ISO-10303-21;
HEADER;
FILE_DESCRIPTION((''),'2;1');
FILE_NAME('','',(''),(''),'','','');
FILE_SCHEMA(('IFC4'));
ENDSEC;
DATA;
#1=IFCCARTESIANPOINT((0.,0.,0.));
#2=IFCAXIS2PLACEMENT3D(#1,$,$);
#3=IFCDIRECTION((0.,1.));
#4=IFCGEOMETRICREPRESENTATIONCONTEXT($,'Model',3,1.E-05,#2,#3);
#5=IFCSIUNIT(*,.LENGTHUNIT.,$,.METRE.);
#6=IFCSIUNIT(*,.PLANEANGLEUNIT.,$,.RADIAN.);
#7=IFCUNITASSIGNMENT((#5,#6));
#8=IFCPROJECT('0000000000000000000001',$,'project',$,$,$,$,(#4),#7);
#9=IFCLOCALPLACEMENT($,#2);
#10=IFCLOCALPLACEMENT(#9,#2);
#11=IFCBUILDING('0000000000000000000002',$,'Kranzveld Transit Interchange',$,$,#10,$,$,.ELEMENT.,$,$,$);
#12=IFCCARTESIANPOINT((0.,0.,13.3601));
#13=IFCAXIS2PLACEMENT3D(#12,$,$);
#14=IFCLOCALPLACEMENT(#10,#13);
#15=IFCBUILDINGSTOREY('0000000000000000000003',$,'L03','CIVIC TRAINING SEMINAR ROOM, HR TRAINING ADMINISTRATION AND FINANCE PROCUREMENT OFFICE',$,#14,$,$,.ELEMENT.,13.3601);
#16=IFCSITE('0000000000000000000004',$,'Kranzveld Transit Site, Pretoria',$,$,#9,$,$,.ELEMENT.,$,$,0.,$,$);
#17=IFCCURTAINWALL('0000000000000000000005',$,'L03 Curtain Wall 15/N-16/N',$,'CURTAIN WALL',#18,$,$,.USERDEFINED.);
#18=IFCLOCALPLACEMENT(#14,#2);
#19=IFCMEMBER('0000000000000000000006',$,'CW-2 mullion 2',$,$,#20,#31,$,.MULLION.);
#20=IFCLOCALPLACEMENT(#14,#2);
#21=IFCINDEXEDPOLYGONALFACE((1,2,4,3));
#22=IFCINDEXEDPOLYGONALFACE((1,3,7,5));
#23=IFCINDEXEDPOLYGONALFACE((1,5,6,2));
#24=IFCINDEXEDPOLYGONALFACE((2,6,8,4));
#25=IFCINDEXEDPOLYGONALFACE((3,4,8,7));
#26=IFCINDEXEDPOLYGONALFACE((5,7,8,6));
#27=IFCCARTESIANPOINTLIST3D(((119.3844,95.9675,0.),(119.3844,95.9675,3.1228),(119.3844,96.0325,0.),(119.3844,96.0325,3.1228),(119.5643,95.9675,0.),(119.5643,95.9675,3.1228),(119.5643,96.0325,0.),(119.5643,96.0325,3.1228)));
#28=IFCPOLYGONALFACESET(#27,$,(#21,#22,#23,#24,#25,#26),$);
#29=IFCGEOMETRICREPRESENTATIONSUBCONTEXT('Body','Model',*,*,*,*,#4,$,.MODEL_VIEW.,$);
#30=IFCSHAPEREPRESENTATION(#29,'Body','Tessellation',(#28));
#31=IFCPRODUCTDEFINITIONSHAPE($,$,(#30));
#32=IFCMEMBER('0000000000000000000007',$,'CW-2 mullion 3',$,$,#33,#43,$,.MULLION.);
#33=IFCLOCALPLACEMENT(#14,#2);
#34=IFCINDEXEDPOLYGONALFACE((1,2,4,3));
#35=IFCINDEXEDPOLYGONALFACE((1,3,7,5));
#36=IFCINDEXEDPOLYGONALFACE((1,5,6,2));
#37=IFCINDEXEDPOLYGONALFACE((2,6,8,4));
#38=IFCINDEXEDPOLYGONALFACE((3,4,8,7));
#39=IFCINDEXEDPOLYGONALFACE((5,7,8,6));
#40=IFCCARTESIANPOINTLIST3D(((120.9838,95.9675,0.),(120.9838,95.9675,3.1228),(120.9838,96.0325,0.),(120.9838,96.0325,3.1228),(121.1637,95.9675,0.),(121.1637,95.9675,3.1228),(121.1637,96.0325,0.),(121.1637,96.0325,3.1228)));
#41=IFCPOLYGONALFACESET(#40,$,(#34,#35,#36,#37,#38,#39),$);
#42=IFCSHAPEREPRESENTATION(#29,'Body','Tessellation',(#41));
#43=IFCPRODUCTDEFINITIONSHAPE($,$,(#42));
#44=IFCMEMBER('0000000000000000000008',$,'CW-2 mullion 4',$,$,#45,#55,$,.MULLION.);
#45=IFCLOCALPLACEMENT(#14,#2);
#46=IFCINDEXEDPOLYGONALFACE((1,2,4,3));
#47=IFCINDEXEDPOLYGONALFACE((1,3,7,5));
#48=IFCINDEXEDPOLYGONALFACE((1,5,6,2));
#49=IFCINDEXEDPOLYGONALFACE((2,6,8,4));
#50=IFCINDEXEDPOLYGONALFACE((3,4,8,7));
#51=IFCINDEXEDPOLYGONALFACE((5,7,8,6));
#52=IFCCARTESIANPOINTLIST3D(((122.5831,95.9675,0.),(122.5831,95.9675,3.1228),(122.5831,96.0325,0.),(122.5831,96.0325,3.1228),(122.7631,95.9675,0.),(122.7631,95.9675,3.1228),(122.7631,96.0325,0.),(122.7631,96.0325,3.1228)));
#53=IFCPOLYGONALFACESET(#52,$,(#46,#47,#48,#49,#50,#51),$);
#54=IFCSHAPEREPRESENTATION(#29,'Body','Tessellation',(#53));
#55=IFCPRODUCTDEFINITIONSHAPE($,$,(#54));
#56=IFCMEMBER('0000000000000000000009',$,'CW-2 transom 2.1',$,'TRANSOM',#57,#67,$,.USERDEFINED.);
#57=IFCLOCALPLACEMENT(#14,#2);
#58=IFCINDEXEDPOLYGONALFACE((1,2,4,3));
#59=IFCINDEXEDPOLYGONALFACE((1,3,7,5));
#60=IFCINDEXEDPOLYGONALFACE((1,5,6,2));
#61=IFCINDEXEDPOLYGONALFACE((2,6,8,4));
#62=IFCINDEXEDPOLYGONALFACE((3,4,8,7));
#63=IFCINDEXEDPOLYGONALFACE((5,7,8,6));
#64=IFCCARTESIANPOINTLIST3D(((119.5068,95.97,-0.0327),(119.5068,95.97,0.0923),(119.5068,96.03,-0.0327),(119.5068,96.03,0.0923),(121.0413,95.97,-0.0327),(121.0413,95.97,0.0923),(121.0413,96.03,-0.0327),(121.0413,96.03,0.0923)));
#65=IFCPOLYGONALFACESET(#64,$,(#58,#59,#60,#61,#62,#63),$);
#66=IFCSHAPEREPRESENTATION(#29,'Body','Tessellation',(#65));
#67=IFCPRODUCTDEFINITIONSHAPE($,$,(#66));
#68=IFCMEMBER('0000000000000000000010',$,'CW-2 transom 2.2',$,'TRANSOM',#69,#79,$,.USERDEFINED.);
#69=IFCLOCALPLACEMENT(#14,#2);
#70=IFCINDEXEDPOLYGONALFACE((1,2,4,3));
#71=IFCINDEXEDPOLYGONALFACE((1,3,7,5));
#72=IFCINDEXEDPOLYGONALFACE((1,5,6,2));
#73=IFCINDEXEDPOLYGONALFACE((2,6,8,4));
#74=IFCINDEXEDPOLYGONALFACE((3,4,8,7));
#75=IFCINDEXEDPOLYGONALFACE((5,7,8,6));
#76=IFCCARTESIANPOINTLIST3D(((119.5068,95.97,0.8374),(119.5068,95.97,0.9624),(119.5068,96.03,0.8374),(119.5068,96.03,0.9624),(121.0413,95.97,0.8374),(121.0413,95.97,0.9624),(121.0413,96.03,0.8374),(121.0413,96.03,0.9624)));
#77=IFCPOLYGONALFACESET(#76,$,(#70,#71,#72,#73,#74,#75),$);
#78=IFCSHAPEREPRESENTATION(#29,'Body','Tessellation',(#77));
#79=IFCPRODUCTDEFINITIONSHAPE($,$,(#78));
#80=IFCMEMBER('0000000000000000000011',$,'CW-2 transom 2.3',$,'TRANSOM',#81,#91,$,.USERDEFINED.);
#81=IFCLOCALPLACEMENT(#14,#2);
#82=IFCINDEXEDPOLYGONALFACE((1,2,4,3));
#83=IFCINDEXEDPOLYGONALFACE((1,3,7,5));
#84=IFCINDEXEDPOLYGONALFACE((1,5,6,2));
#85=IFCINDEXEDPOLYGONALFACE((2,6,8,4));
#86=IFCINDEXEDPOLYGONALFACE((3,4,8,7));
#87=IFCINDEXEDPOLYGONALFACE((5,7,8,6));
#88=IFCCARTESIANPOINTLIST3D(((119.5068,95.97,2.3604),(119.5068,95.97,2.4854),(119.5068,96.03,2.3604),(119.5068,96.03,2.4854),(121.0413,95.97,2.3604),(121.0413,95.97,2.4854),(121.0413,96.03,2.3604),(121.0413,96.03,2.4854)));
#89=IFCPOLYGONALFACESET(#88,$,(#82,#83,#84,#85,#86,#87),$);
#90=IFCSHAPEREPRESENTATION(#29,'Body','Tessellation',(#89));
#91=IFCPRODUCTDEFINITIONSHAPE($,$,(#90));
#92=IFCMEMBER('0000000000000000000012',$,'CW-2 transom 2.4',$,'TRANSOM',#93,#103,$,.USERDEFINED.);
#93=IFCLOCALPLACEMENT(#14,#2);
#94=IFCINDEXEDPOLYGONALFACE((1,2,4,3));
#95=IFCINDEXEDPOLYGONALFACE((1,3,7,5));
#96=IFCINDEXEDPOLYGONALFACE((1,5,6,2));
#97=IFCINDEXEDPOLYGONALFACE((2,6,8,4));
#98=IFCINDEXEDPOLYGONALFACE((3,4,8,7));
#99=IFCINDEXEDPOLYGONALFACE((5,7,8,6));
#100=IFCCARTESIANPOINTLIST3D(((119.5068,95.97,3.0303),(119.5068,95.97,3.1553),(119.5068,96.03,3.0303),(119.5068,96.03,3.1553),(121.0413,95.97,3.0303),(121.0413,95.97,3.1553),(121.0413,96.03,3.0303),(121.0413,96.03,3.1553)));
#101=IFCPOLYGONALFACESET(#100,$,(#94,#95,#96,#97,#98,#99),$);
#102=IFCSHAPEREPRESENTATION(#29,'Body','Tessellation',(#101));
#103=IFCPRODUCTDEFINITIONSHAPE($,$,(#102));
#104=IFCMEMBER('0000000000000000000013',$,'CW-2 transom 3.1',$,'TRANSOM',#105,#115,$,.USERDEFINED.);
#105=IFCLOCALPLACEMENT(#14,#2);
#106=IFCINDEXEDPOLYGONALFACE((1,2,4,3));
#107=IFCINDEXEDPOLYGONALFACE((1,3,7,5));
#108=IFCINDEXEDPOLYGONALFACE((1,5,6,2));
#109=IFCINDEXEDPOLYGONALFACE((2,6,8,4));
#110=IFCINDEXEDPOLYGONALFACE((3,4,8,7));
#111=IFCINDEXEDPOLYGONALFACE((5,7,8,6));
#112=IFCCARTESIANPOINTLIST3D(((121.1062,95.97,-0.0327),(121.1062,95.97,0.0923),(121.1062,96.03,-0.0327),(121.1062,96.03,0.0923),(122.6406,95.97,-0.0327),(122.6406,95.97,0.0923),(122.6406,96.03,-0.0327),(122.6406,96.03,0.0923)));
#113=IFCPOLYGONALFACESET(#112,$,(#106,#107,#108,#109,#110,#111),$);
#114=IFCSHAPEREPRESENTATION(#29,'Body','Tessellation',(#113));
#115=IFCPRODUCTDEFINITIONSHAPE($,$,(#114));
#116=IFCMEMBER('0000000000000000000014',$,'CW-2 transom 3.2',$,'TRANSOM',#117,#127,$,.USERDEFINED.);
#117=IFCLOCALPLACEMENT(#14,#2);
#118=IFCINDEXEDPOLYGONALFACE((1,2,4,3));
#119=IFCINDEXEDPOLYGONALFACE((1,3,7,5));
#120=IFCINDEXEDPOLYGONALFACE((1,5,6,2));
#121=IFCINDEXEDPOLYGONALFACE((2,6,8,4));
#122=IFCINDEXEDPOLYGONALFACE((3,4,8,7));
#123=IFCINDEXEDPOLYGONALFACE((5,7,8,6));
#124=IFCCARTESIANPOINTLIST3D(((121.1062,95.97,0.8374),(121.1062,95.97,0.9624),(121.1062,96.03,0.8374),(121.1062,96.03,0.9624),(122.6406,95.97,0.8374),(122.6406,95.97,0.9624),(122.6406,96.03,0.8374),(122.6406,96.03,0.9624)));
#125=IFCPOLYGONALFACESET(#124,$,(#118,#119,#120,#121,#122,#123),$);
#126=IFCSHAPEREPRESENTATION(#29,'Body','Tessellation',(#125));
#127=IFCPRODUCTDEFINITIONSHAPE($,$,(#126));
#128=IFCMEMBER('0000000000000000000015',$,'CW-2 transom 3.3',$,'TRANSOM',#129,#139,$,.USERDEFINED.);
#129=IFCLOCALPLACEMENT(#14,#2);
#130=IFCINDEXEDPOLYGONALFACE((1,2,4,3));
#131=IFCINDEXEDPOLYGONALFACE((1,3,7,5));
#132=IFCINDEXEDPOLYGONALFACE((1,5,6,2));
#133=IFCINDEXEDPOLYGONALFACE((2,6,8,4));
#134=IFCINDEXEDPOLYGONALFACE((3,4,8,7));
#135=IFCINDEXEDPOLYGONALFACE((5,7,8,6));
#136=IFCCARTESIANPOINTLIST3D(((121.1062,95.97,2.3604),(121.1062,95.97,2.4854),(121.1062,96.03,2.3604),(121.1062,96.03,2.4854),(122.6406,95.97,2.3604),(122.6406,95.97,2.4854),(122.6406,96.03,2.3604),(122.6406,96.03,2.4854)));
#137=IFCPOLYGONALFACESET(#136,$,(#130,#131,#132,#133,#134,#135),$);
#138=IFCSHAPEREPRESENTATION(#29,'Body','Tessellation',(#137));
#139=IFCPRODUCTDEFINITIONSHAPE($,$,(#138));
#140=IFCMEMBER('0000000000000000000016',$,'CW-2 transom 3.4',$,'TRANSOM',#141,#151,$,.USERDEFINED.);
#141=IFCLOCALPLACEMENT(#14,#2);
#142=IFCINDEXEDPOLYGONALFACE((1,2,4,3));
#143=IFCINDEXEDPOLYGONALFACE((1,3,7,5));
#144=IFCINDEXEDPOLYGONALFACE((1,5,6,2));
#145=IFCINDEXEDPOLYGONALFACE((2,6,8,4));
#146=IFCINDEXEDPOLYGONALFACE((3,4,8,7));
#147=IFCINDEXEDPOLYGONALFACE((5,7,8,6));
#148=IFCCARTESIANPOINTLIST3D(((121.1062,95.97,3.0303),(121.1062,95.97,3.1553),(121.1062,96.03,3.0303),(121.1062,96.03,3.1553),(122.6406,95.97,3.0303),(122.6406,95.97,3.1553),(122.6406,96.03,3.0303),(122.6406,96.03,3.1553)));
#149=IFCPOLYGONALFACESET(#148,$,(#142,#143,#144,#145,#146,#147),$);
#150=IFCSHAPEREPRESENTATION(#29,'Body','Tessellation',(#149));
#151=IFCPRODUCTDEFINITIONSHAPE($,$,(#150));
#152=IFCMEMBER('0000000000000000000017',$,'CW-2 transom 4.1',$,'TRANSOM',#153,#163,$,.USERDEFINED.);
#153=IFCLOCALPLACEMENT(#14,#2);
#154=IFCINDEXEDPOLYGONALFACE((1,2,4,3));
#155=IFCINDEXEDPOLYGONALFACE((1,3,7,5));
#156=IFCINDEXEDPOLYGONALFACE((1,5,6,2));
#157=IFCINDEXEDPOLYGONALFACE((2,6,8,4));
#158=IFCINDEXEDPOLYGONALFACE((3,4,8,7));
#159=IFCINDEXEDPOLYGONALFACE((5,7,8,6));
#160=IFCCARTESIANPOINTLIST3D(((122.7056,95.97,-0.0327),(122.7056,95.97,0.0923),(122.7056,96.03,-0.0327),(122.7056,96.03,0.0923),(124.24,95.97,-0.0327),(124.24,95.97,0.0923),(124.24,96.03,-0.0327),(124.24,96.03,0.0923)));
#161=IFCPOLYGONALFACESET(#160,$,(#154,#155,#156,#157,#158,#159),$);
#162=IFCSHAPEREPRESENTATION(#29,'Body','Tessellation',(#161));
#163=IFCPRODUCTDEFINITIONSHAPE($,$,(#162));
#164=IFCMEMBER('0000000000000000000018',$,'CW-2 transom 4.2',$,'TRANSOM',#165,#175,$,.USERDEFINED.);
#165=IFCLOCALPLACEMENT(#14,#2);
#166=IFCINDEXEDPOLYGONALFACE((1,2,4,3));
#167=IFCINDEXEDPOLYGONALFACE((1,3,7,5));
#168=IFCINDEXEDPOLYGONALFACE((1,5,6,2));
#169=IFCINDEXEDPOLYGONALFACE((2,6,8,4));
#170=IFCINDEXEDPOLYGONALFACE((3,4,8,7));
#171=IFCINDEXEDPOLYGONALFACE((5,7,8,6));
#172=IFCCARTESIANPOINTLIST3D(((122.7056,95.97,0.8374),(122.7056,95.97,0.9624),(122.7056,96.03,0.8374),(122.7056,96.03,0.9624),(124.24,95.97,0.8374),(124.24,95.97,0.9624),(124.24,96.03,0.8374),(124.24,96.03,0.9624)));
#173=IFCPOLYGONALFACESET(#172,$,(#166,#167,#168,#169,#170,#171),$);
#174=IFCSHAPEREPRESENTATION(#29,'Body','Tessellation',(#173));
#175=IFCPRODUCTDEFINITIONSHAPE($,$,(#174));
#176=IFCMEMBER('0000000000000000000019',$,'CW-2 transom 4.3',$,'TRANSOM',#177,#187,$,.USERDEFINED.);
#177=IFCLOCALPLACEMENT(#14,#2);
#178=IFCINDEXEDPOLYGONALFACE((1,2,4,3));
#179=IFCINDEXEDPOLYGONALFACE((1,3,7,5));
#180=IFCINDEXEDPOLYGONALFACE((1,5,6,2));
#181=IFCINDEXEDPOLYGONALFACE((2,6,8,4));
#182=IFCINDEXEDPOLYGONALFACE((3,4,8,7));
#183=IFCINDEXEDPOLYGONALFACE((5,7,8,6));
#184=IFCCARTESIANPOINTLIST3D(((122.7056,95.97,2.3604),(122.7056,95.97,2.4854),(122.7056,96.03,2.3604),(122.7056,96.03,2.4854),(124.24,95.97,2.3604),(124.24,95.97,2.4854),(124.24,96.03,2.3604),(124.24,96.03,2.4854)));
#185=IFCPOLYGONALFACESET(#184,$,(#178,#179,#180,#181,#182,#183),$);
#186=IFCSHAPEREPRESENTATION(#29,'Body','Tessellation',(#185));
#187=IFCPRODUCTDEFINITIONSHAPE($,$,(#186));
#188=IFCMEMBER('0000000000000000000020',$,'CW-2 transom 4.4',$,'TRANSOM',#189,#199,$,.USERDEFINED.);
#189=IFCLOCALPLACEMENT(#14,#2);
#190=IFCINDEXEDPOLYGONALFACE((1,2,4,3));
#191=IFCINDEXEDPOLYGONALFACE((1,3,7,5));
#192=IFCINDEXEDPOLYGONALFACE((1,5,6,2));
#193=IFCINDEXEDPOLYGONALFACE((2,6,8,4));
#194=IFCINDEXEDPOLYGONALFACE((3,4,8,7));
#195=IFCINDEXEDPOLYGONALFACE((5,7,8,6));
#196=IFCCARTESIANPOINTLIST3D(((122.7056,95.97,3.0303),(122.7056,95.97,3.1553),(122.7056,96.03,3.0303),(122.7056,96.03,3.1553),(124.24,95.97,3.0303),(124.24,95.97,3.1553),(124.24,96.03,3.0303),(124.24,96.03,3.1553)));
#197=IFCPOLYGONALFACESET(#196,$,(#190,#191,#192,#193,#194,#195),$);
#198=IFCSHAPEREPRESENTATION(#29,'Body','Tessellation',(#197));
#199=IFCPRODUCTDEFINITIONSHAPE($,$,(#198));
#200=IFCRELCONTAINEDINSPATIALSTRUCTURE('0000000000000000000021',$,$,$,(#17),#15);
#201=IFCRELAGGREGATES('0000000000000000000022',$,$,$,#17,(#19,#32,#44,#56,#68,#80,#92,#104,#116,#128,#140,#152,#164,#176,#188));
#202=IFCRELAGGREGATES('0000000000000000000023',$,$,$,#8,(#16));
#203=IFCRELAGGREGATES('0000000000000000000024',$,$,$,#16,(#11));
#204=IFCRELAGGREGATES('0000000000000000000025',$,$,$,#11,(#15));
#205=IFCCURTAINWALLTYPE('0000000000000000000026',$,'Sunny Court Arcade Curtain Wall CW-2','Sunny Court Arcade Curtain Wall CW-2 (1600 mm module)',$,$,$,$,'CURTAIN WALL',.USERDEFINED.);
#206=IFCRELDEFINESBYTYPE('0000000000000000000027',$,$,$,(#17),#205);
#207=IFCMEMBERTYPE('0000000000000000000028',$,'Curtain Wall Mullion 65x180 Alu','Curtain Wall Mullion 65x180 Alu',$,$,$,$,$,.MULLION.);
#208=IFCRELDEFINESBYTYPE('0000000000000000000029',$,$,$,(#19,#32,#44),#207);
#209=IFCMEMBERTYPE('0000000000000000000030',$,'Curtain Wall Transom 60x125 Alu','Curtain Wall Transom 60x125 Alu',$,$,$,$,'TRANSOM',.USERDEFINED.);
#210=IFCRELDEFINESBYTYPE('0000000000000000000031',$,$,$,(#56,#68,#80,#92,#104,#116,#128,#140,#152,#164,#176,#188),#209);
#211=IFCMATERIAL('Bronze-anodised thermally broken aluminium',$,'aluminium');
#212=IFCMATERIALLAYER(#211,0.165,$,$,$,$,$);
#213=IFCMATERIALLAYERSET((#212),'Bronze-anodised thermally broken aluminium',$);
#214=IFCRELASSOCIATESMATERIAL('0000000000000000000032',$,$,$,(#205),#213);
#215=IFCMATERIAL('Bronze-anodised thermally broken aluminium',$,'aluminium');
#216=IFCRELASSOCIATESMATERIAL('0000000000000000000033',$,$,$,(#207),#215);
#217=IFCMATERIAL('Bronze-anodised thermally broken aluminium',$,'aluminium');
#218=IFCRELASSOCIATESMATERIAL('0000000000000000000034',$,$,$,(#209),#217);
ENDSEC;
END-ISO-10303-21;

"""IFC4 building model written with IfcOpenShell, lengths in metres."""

from ifc_helpers import new_model, si_unit, direction, frame, origin, origin_2d, place, context, subcontext, project, spatial, rectangle, extrude, material, layer, layer_set, material_profile, profile_set, type_object, element, aggregate, save


model = new_model("IFC4")

# Units and contexts
model_context = context("Model", 3, precision=1e-05, world=origin(), true_north=direction((0.0, 1.0)))
body_context = subcontext(model_context, "Body", "Model", "MODEL_VIEW")
ifc_project = project(units=[si_unit("LENGTHUNIT", "METRE"), si_unit("PLANEANGLEUNIT", "RADIAN")], contexts=[model_context])

# Site, building, storey
site_placement = place(None, origin())
site = spatial("IfcSite", under=ifc_project, at=site_placement, Name="Kranzveld Transit Site, Pretoria", CompositionType="ELEMENT", RefElevation=0.0)
building_placement = place(site_placement, origin())
building = spatial("IfcBuilding", under=site, at=building_placement, Name="Kranzveld Transit Interchange", CompositionType="ELEMENT")
storey_placement = place(building_placement, frame((0.0, 0.0, 13.3601)))
storey = spatial("IfcBuildingStorey", under=building, at=storey_placement, Name="L03", Description="CIVIC TRAINING SEMINAR ROOM, HR TRAINING ADMINISTRATION AND FINANCE PROCUREMENT OFFICE", CompositionType="ELEMENT", Elevation=13.3601)

# Curtain wall, members
ifc_material_1 = material(Name="Bronze-anodised thermally broken aluminium", Category="aluminium")
ifc_layer_1 = layer(ifc_material_1, 0.165)
ifc_layer_set_1 = layer_set([ifc_layer_1], Name="Bronze-anodised thermally broken aluminium")
curtain_wall_type = type_object("IfcCurtainWallType", Name="Sunny Court Arcade Curtain Wall CW-2", Description="Sunny Court Arcade Curtain Wall CW-2 (1600 mm module)", ElementType="CURTAIN WALL", PredefinedType="USERDEFINED", material=ifc_layer_set_1)
curtain_wall_placement = place(storey_placement, origin())
curtain_wall = element("IfcCurtainWall", 1, at=curtain_wall_placement, inside=storey, type_object=curtain_wall_type, Name="L03 Curtain Wall 15/N-16/N", ObjectType="CURTAIN WALL", PredefinedType="USERDEFINED")
ifc_material_2 = material(Name="Bronze-anodised thermally broken aluminium", Category="aluminium")
ifc_material_profile_1 = material_profile(ifc_material_2, rectangle(XDim=0.0649, YDim=0.1799, at=origin_2d()), Name="ALU MULLION 65x180")
ifc_profile_set_1 = profile_set([ifc_material_profile_1], Name="Bronze-anodised thermally broken aluminium")
member_type_1 = type_object("IfcMemberType", Name="Curtain Wall Mullion 65x180 Alu", Description="Curtain Wall Mullion 65x180 Alu", PredefinedType="MULLION", material=ifc_profile_set_1)
member_1_placement = place(storey_placement, frame((119.4744, 96.0, 0.0), z_axis=(0.0, 0.0, 1.0), x_axis=(0.0, 1.0, 0.0)))
member_1 = element("IfcMember", 2, at=member_1_placement, type_object=member_type_1, Name="CW-2 mullion 2", PredefinedType="MULLION", context=body_context, shape_type="SweptSolid", body=[
    extrude(rectangle(XDim=0.0649, YDim=0.1799, at=origin_2d()), origin(), (0.0, 0.0, 1.0), 3.1228),
])
member_2_placement = place(storey_placement, frame((121.0737, 96.0, 0.0), z_axis=(0.0, 0.0, 1.0), x_axis=(0.0, 1.0, 0.0)))
member_2 = element("IfcMember", 3, at=member_2_placement, type_object=member_type_1, Name="CW-2 mullion 3", PredefinedType="MULLION", context=body_context, shape_type="SweptSolid", body=[
    extrude(rectangle(XDim=0.0649, YDim=0.1799, at=origin_2d()), origin(), (0.0, 0.0, 1.0), 3.1228),
])
member_3_placement = place(storey_placement, frame((122.6731, 96.0, 0.0), z_axis=(0.0, 0.0, 1.0), x_axis=(0.0, 1.0, 0.0)))
member_3 = element("IfcMember", 4, at=member_3_placement, type_object=member_type_1, Name="CW-2 mullion 4", PredefinedType="MULLION", context=body_context, shape_type="SweptSolid", body=[
    extrude(rectangle(XDim=0.0649, YDim=0.1799, at=origin_2d()), origin(), (0.0, 0.0, 1.0), 3.1228),
])
ifc_material_3 = material(Name="Bronze-anodised thermally broken aluminium", Category="aluminium")
ifc_material_profile_2 = material_profile(ifc_material_3, rectangle(XDim=0.0601, YDim=0.125, at=origin_2d()), Name="ALU TRANSOM 60x125")
ifc_profile_set_2 = profile_set([ifc_material_profile_2], Name="Bronze-anodised thermally broken aluminium")
member_type_2 = type_object("IfcMemberType", Name="Curtain Wall Transom 60x125 Alu", Description="Curtain Wall Transom 60x125 Alu", ElementType="TRANSOM", PredefinedType="USERDEFINED", material=ifc_profile_set_2)
member_4_placement = place(storey_placement, frame((119.5068, 96.0, 0.0298), z_axis=(1.0, 0.0, 0.0), x_axis=(0.0, 1.0, 0.0)))
member_4 = element("IfcMember", 5, at=member_4_placement, type_object=member_type_2, Name="CW-2 transom 2.1", ObjectType="TRANSOM", PredefinedType="USERDEFINED", context=body_context, shape_type="SweptSolid", body=[
    extrude(rectangle(XDim=0.0601, YDim=0.125, at=origin_2d()), origin(), (0.0, 0.0, 1.0), 1.5344),
])
member_5_placement = place(storey_placement, frame((119.5068, 96.0, 0.8999), z_axis=(1.0, 0.0, 0.0), x_axis=(0.0, 1.0, 0.0)))
member_5 = element("IfcMember", 6, at=member_5_placement, type_object=member_type_2, Name="CW-2 transom 2.2", ObjectType="TRANSOM", PredefinedType="USERDEFINED", context=body_context, shape_type="SweptSolid", body=[
    extrude(rectangle(XDim=0.0601, YDim=0.125, at=origin_2d()), origin(), (0.0, 0.0, 1.0), 1.5344),
])
member_6_placement = place(storey_placement, frame((119.5068, 96.0, 2.4229), z_axis=(1.0, 0.0, 0.0), x_axis=(0.0, 1.0, 0.0)))
member_6 = element("IfcMember", 7, at=member_6_placement, type_object=member_type_2, Name="CW-2 transom 2.3", ObjectType="TRANSOM", PredefinedType="USERDEFINED", context=body_context, shape_type="SweptSolid", body=[
    extrude(rectangle(XDim=0.0601, YDim=0.125, at=origin_2d()), origin(), (0.0, 0.0, 1.0), 1.5344),
])
member_7_placement = place(storey_placement, frame((119.5068, 96.0, 3.0928), z_axis=(1.0, 0.0, 0.0), x_axis=(0.0, 1.0, 0.0)))
member_7 = element("IfcMember", 8, at=member_7_placement, type_object=member_type_2, Name="CW-2 transom 2.4", ObjectType="TRANSOM", PredefinedType="USERDEFINED", context=body_context, shape_type="SweptSolid", body=[
    extrude(rectangle(XDim=0.0601, YDim=0.125, at=origin_2d()), origin(), (0.0, 0.0, 1.0), 1.5344),
])
member_8_placement = place(storey_placement, frame((121.1062, 96.0, 0.0298), z_axis=(1.0, 0.0, 0.0), x_axis=(0.0, 1.0, 0.0)))
member_8 = element("IfcMember", 9, at=member_8_placement, type_object=member_type_2, Name="CW-2 transom 3.1", ObjectType="TRANSOM", PredefinedType="USERDEFINED", context=body_context, shape_type="SweptSolid", body=[
    extrude(rectangle(XDim=0.0601, YDim=0.125, at=origin_2d()), origin(), (0.0, 0.0, 1.0), 1.5344),
])
member_9_placement = place(storey_placement, frame((121.1062, 96.0, 0.8999), z_axis=(1.0, 0.0, 0.0), x_axis=(0.0, 1.0, 0.0)))
member_9 = element("IfcMember", 10, at=member_9_placement, type_object=member_type_2, Name="CW-2 transom 3.2", ObjectType="TRANSOM", PredefinedType="USERDEFINED", context=body_context, shape_type="SweptSolid", body=[
    extrude(rectangle(XDim=0.0601, YDim=0.125, at=origin_2d()), origin(), (0.0, 0.0, 1.0), 1.5344),
])
member_10_placement = place(storey_placement, frame((121.1062, 96.0, 2.4229), z_axis=(1.0, 0.0, 0.0), x_axis=(0.0, 1.0, 0.0)))
member_10 = element("IfcMember", 11, at=member_10_placement, type_object=member_type_2, Name="CW-2 transom 3.3", ObjectType="TRANSOM", PredefinedType="USERDEFINED", context=body_context, shape_type="SweptSolid", body=[
    extrude(rectangle(XDim=0.0601, YDim=0.125, at=origin_2d()), origin(), (0.0, 0.0, 1.0), 1.5344),
])
member_11_placement = place(storey_placement, frame((121.1062, 96.0, 3.0928), z_axis=(1.0, 0.0, 0.0), x_axis=(0.0, 1.0, 0.0)))
member_11 = element("IfcMember", 12, at=member_11_placement, type_object=member_type_2, Name="CW-2 transom 3.4", ObjectType="TRANSOM", PredefinedType="USERDEFINED", context=body_context, shape_type="SweptSolid", body=[
    extrude(rectangle(XDim=0.0601, YDim=0.125, at=origin_2d()), origin(), (0.0, 0.0, 1.0), 1.5344),
])
member_12_placement = place(storey_placement, frame((122.7056, 96.0, 0.0298), z_axis=(1.0, 0.0, 0.0), x_axis=(0.0, 1.0, 0.0)))
member_12 = element("IfcMember", 13, at=member_12_placement, type_object=member_type_2, Name="CW-2 transom 4.1", ObjectType="TRANSOM", PredefinedType="USERDEFINED", context=body_context, shape_type="SweptSolid", body=[
    extrude(rectangle(XDim=0.0601, YDim=0.125, at=origin_2d()), origin(), (0.0, 0.0, 1.0), 1.5344),
])
member_13_placement = place(storey_placement, frame((122.7056, 96.0, 0.8999), z_axis=(1.0, 0.0, 0.0), x_axis=(0.0, 1.0, 0.0)))
member_13 = element("IfcMember", 14, at=member_13_placement, type_object=member_type_2, Name="CW-2 transom 4.2", ObjectType="TRANSOM", PredefinedType="USERDEFINED", context=body_context, shape_type="SweptSolid", body=[
    extrude(rectangle(XDim=0.0601, YDim=0.125, at=origin_2d()), origin(), (0.0, 0.0, 1.0), 1.5344),
])
member_14_placement = place(storey_placement, frame((122.7056, 96.0, 2.4229), z_axis=(1.0, 0.0, 0.0), x_axis=(0.0, 1.0, 0.0)))
member_14 = element("IfcMember", 15, at=member_14_placement, type_object=member_type_2, Name="CW-2 transom 4.3", ObjectType="TRANSOM", PredefinedType="USERDEFINED", context=body_context, shape_type="SweptSolid", body=[
    extrude(rectangle(XDim=0.0601, YDim=0.125, at=origin_2d()), origin(), (0.0, 0.0, 1.0), 1.5344),
])
member_15_placement = place(storey_placement, frame((122.7056, 96.0, 3.0928), z_axis=(1.0, 0.0, 0.0), x_axis=(0.0, 1.0, 0.0)))
member_15 = element("IfcMember", 16, at=member_15_placement, type_object=member_type_2, Name="CW-2 transom 4.4", ObjectType="TRANSOM", PredefinedType="USERDEFINED", context=body_context, shape_type="SweptSolid", body=[
    extrude(rectangle(XDim=0.0601, YDim=0.125, at=origin_2d()), origin(), (0.0, 0.0, 1.0), 1.5344),
])
aggregate(curtain_wall, [member_1, member_2, member_3, member_4, member_5, member_6, member_7, member_8, member_9, member_10, member_11, member_12, member_13, member_14, member_15])

save(model, "model.ifc")
